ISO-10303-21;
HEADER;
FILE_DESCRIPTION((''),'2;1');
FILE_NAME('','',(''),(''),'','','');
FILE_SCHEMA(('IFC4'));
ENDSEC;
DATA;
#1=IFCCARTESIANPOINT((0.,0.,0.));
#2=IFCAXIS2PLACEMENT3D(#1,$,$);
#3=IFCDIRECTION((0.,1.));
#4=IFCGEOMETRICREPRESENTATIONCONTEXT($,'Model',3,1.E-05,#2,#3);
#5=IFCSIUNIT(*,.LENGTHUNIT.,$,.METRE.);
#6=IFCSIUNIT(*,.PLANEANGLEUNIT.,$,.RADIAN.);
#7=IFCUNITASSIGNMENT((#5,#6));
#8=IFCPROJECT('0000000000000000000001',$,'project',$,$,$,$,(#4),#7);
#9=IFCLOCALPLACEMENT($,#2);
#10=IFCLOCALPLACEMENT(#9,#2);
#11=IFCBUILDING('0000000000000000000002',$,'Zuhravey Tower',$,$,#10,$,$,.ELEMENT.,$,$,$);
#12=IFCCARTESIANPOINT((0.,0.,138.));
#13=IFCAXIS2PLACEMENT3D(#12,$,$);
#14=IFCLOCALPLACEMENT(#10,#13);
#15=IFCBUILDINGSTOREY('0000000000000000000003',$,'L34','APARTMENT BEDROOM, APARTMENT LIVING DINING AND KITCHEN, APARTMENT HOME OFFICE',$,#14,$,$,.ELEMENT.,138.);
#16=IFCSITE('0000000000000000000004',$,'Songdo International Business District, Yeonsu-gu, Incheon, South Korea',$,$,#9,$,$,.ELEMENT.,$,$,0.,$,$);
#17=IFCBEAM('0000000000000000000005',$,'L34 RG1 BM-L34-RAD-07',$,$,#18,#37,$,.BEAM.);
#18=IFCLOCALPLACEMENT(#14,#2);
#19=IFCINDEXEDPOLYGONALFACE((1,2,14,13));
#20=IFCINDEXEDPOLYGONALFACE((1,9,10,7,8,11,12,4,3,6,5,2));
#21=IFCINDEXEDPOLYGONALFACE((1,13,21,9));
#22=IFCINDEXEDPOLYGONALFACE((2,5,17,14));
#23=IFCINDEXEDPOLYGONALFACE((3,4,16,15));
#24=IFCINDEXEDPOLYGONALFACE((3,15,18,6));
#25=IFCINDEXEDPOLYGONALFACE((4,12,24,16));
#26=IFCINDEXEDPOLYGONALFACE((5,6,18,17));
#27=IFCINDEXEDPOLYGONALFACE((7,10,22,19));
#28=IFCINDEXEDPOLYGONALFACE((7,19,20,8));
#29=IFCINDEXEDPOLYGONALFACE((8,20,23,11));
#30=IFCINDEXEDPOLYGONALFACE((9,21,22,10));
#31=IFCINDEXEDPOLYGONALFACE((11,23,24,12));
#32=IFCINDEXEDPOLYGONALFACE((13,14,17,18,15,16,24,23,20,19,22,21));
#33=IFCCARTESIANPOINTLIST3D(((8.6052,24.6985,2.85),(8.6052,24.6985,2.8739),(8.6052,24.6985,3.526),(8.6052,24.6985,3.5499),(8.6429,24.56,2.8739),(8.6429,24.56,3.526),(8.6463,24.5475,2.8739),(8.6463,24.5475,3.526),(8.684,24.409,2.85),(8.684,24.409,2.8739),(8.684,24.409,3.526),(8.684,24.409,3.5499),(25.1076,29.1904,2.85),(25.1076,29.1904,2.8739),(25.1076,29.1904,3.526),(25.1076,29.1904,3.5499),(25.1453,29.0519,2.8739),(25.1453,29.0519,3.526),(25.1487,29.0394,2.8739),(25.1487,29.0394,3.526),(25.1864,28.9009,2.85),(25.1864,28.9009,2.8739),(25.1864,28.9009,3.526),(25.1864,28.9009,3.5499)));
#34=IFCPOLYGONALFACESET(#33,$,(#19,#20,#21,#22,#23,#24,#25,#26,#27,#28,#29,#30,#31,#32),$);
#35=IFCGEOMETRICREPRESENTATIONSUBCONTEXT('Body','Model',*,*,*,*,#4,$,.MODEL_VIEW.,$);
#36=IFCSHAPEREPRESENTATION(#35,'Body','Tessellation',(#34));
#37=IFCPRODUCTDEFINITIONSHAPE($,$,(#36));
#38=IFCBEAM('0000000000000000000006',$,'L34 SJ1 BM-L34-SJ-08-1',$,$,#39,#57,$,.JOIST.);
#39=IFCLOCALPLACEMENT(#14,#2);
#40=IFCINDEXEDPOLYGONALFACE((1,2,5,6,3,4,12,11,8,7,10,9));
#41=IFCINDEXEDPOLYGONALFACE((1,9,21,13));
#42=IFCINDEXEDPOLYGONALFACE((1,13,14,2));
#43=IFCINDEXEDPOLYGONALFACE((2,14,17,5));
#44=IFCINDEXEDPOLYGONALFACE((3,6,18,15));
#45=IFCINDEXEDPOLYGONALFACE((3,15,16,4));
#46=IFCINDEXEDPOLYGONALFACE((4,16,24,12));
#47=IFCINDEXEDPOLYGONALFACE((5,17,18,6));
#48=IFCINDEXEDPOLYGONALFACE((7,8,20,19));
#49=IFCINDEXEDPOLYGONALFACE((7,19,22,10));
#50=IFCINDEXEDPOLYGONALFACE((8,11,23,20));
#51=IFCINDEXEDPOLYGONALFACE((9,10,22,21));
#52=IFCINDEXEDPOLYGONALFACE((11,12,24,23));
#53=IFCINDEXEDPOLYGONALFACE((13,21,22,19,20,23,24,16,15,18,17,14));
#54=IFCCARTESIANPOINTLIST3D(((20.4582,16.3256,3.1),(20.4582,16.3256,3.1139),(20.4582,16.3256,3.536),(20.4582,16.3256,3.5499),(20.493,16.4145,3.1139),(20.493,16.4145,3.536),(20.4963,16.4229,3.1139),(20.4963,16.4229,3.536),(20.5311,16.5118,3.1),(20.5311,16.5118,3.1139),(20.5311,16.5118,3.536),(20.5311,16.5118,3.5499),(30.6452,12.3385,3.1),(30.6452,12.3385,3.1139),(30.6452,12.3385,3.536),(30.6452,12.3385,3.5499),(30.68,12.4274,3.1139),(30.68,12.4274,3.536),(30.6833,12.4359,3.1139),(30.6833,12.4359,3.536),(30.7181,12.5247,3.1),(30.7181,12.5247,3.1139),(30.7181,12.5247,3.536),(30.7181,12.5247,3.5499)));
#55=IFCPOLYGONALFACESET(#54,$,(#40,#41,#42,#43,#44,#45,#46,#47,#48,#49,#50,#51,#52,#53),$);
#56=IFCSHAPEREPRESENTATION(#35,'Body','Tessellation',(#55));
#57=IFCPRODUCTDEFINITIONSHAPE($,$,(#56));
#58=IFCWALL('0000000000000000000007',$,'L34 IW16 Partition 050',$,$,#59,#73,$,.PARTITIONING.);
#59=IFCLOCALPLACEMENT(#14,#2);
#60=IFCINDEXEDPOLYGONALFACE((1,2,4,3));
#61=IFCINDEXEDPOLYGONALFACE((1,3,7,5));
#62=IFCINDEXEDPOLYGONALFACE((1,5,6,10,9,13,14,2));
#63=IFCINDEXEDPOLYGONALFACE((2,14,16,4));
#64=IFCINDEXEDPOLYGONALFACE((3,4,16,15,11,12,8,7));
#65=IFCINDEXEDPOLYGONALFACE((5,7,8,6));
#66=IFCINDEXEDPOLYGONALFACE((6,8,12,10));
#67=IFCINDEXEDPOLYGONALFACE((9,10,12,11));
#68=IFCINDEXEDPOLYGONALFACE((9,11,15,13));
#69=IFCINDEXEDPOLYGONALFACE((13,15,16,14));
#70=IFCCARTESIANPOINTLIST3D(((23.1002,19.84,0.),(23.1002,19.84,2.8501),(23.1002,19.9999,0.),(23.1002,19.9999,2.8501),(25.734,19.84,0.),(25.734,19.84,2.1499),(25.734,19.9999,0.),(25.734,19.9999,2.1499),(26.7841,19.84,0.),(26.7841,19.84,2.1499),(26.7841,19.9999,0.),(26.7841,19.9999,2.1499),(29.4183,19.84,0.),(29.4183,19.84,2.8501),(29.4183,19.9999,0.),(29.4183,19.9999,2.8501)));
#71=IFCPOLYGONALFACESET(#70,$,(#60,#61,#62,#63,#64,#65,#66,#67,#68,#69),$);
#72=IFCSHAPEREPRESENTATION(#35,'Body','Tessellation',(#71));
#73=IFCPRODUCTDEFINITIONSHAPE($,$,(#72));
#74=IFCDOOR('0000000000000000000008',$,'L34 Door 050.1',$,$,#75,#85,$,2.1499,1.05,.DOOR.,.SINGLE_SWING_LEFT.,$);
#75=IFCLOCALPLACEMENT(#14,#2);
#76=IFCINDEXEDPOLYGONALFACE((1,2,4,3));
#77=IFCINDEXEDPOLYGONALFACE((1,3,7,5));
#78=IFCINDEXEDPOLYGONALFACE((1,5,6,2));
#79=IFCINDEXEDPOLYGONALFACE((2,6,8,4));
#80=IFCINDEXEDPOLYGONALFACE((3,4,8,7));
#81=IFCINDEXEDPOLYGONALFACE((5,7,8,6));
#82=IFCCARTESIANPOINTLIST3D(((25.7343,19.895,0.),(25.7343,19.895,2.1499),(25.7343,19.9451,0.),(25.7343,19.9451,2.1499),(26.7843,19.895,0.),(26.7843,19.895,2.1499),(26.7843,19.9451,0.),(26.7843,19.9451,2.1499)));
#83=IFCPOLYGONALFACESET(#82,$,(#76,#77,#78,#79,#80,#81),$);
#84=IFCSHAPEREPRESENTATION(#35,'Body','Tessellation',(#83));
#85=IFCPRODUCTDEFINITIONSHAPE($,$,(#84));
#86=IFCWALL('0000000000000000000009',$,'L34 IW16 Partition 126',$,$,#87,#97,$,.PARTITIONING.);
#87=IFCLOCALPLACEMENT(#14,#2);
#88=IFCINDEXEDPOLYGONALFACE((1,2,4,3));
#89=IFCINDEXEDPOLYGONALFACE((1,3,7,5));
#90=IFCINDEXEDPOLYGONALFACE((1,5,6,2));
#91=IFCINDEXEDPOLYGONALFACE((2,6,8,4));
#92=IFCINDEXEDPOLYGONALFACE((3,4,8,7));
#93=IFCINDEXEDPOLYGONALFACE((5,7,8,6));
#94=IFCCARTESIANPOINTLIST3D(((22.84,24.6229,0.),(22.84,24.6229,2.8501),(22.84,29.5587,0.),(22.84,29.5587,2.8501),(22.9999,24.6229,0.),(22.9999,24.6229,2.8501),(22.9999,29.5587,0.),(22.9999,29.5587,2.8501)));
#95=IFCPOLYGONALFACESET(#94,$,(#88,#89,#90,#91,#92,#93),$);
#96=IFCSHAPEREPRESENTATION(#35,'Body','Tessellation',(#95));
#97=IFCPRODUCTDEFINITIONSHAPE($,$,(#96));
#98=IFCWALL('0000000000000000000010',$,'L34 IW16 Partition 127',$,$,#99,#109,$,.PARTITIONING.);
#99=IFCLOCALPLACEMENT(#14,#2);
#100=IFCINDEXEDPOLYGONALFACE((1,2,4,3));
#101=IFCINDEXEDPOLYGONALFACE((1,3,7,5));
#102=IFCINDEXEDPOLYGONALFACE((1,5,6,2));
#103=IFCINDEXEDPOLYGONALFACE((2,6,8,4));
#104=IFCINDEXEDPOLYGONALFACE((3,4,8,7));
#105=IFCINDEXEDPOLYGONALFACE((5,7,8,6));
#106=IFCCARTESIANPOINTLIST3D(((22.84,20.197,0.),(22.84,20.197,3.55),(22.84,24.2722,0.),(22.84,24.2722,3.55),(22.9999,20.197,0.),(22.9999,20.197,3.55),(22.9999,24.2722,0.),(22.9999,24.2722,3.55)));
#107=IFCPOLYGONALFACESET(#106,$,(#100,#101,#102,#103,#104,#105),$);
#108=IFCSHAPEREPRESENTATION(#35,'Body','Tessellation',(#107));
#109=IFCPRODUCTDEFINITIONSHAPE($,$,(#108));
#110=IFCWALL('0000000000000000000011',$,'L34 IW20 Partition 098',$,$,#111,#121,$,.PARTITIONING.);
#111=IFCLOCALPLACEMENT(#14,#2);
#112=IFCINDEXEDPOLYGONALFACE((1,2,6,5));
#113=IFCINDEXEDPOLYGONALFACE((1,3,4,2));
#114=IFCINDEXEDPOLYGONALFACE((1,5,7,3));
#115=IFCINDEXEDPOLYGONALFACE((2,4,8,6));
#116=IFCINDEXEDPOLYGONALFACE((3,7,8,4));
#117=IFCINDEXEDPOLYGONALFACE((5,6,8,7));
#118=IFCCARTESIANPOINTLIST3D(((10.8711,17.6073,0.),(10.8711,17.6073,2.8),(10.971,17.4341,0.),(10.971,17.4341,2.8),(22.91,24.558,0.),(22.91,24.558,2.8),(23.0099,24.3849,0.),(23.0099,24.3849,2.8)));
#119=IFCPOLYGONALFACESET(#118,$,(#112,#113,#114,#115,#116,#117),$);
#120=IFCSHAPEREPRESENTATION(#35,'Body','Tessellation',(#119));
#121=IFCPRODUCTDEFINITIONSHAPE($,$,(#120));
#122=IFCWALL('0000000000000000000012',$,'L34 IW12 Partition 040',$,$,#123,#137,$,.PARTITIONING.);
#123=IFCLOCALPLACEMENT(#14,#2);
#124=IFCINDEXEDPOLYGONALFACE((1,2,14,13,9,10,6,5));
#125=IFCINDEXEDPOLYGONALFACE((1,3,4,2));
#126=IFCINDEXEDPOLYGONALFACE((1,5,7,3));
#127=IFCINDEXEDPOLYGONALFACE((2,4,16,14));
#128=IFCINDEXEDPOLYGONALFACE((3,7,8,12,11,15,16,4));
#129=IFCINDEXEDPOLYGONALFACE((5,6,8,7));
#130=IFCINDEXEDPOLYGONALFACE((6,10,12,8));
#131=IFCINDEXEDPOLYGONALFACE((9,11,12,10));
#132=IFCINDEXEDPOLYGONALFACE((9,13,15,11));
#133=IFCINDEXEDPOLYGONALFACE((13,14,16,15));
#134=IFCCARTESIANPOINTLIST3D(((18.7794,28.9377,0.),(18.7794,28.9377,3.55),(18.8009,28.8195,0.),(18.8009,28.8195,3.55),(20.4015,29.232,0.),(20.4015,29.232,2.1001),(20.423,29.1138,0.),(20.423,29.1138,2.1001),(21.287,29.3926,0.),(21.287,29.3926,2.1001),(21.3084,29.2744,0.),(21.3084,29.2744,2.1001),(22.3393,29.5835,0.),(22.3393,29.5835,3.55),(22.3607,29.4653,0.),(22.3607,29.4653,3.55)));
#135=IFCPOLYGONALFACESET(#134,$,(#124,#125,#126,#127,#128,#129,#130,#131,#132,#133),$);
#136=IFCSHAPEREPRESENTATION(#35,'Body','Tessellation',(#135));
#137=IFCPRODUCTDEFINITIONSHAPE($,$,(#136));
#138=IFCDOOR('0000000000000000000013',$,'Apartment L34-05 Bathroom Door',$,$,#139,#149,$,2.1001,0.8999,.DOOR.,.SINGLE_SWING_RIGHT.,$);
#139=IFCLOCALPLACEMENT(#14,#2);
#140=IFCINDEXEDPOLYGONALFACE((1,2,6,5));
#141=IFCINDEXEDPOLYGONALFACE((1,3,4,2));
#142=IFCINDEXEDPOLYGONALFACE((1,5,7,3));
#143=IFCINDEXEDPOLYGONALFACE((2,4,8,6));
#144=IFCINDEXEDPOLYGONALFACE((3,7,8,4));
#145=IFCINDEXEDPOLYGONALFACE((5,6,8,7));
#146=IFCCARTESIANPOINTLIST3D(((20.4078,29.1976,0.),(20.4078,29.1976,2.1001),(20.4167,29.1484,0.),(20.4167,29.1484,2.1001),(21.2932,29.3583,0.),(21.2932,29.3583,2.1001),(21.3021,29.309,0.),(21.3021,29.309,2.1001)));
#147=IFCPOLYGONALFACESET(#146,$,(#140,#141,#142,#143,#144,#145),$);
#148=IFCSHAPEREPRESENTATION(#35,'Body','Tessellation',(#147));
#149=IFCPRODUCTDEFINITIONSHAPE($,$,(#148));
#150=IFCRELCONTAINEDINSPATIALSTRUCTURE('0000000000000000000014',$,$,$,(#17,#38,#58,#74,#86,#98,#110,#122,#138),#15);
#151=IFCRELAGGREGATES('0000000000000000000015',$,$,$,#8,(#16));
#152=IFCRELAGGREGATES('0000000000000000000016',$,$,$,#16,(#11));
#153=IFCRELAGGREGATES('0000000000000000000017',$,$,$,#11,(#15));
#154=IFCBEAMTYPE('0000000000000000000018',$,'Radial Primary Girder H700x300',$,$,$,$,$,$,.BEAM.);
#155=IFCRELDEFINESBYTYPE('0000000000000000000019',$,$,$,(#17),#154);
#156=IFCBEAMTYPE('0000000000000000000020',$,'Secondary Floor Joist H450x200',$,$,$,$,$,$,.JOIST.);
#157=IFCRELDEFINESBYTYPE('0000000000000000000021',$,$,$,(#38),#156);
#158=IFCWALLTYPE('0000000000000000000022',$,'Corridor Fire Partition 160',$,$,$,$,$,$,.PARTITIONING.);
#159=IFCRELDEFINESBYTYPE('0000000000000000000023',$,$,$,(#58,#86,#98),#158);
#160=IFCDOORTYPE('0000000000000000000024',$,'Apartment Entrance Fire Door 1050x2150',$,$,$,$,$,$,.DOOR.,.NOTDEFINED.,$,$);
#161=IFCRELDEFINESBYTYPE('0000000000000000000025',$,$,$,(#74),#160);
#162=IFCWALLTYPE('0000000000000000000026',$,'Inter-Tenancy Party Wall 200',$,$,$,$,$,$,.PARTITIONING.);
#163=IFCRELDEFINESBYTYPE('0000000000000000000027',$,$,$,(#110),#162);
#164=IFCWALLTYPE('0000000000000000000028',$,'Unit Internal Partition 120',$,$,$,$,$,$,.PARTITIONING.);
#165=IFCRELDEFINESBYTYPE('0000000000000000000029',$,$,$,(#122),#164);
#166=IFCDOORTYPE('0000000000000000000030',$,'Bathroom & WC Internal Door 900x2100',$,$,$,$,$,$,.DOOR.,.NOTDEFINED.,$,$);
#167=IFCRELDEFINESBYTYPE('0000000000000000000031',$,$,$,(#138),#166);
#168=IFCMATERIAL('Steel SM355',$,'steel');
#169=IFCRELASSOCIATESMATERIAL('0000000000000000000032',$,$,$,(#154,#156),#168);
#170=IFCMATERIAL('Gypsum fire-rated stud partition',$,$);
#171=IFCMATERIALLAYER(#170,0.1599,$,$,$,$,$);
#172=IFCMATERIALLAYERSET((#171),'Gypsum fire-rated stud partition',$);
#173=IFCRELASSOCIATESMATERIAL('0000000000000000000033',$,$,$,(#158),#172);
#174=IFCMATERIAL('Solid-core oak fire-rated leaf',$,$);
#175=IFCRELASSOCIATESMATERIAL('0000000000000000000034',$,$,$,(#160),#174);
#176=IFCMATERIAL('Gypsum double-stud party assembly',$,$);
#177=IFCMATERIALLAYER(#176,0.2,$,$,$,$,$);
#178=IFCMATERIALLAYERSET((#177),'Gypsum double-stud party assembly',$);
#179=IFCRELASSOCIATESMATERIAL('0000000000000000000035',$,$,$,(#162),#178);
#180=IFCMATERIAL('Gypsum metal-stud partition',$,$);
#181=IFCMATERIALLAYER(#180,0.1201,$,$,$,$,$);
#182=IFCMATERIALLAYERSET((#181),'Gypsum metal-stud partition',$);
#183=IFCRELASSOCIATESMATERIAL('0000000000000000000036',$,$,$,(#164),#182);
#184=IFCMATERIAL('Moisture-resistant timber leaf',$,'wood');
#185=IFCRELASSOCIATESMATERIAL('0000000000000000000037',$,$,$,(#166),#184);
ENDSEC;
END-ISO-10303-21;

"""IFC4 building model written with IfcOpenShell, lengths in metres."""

from ifc_helpers import new_model, si_unit, direction, frame, frame_2d, origin, origin_2d, place, context, subcontext, project, spatial, rectangle, i_section, extrude, material, layer, layer_set, material_profile, profile_set, type_object, element, fill, save


model = new_model("IFC4")

# Units and contexts
model_context = context("Model", 3, precision=1e-05, world=origin(), true_north=direction((0.0, 1.0)))
body_context = subcontext(model_context, "Body", "Model", "MODEL_VIEW")
ifc_project = project(units=[si_unit("LENGTHUNIT", "METRE"), si_unit("PLANEANGLEUNIT", "RADIAN")], contexts=[model_context])

# Site, building, storey
site_placement = place(None, origin())
site = spatial("IfcSite", under=ifc_project, at=site_placement, Name="Songdo International Business District, Yeonsu-gu, Incheon, South Korea", CompositionType="ELEMENT", RefElevation=0.0)
building_placement = place(site_placement, origin())
building = spatial("IfcBuilding", under=site, at=building_placement, Name="Zuhravey Tower", CompositionType="ELEMENT")
storey_placement = place(building_placement, frame((0.0, 0.0, 138.0)))
storey = spatial("IfcBuildingStorey", under=building, at=storey_placement, Name="L34", Description="APARTMENT BEDROOM, APARTMENT LIVING DINING AND KITCHEN, APARTMENT HOME OFFICE", CompositionType="ELEMENT", Elevation=138.0)

# Beams
ifc_material_1 = material(Name="Steel SM355", Category="steel")
ifc_material_profile_1 = material_profile(ifc_material_1, i_section(OverallWidth=0.3, OverallDepth=0.7, WebThickness=0.0129, FlangeThickness=0.0239, at=origin_2d()), Name="H-700x300x13x24")
ifc_profile_set_1 = profile_set([ifc_material_profile_1], Name="Steel SM355")
beam_type_1 = type_object("IfcBeamType", Name="Radial Primary Girder H700x300", PredefinedType="BEAM", material=ifc_profile_set_1)
beam_1_placement = place(storey_placement, frame((25.147, 29.0457, 3.2), z_axis=(-0.964893, -0.262643, 0.0), x_axis=(0.262643, -0.964893, 0.0)))
element("IfcBeam", 1, at=beam_1_placement, inside=storey, type_object=beam_type_1, Name="L34 RG1 BM-L34-RAD-07", PredefinedType="BEAM", context=body_context, shape_type="SweptSolid", body=[
    extrude(i_section(OverallWidth=0.3, OverallDepth=0.7, WebThickness=0.0129, FlangeThickness=0.0239, at=origin_2d()), origin(), (0.0, 0.0, 1.0), 17.1028),
])
ifc_material_profile_2 = material_profile(ifc_material_1, i_section(OverallWidth=0.2, OverallDepth=0.45, WebThickness=0.009, FlangeThickness=0.0139, at=origin_2d()), Name="H-450x200x9x14")
ifc_profile_set_2 = profile_set([ifc_material_profile_2], Name="Steel SM355")
beam_type_2 = type_object("IfcBeamType", Name="Secondary Floor Joist H450x200", PredefinedType="JOIST", material=ifc_profile_set_2)
beam_2_placement = place(storey_placement, frame((20.4946, 16.4187, 3.325), z_axis=(0.931217, -0.364466, 0.0), x_axis=(0.364466, 0.931217, 0.0)))
element("IfcBeam", 2, at=beam_2_placement, inside=storey, type_object=beam_type_2, Name="L34 SJ1 BM-L34-SJ-08-1", PredefinedType="JOIST", context=body_context, shape_type="SweptSolid", body=[
    extrude(i_section(OverallWidth=0.2, OverallDepth=0.45, WebThickness=0.009, FlangeThickness=0.0139, at=origin_2d()), origin(), (0.0, 0.0, 1.0), 10.9395),
])

# Wall, opening, door
ifc_material_2 = material(Name="Gypsum fire-rated stud partition")
ifc_layer_1 = layer(ifc_material_2, 0.1599)
ifc_layer_set_1 = layer_set([ifc_layer_1], Name="Gypsum fire-rated stud partition")
wall_type_1 = type_object("IfcWallType", Name="Corridor Fire Partition 160", PredefinedType="PARTITIONING", material=ifc_layer_set_1)
wall_1_placement = place(storey_placement, frame((23.1001, 19.9199, 0.0), z_axis=(0.0, 0.0, 1.0), x_axis=(1.0, 0.0, 0.0)))
wall_1 = element("IfcWall", 3, at=wall_1_placement, inside=storey, type_object=wall_type_1, Name="L34 IW16 Partition 050", PredefinedType="PARTITIONING", context=body_context, shape_type="SweptSolid", body=[
    extrude(rectangle(XDim=6.3181, YDim=0.1599, at=frame_2d((3.1592, 0.0))), origin(), (0.0, 0.0, 1.0), 2.8501),
])
opening_1_placement = place(wall_1_placement, frame((2.634, 0.0, 0.0)))
opening_1 = element("IfcOpeningElement", 4, at=opening_1_placement, cuts=wall_1, PredefinedType="OPENING", context=body_context, shape_type="SweptSolid", body=[
    extrude(rectangle(XDim=1.05, YDim=2.1499, at=frame_2d((0.5249, 1.075))), frame((0.0, 0.092, 0.0), z_axis=(0.0, -1.0, 0.0), x_axis=(1.0, 0.0, 0.0)), (0.0, 0.0, 1.0), 0.1838),
])
ifc_material_3 = material(Name="Solid-core oak fire-rated leaf")
door_type_1 = type_object("IfcDoorType", Name="Apartment Entrance Fire Door 1050x2150", OperationType="NOTDEFINED", PredefinedType="DOOR", material=ifc_material_3)
door_1_placement = place(opening_1_placement, frame((1.05, 0.0, 0.0), z_axis=(0.0, 0.0, 1.0), x_axis=(-1.0, 0.0, 0.0)))
door_1 = element("IfcDoor", 5, at=door_1_placement, inside=storey, type_object=door_type_1, Name="L34 Door 050.1", OperationType="SINGLE_SWING_LEFT", OverallHeight=2.1499, OverallWidth=1.05, PredefinedType="DOOR", context=body_context, shape_type="SweptSolid", body=[
    extrude(rectangle(XDim=1.05, YDim=2.1499, at=frame_2d((0.5249, 1.075))), frame((0.0, 0.0249, 0.0), z_axis=(0.0, -1.0, 0.0), x_axis=(1.0, 0.0, 0.0)), (0.0, 0.0, 1.0), 0.05),
])
fill(opening_1, door_1)

# Walls
wall_2_placement = place(storey_placement, frame((22.9199, 29.5586, 0.0), z_axis=(0.0, 0.0, 1.0), x_axis=(0.0, -1.0, 0.0)))
element("IfcWall", 6, at=wall_2_placement, inside=storey, type_object=wall_type_1, Name="L34 IW16 Partition 126", PredefinedType="PARTITIONING", context=body_context, shape_type="SweptSolid", body=[
    extrude(rectangle(XDim=4.9358, YDim=0.1599, at=frame_2d((2.4678, 0.0))), origin(), (0.0, 0.0, 1.0), 2.8501),
])
wall_3_placement = place(storey_placement, frame((22.9199, 24.2722, 0.0), z_axis=(0.0, 0.0, 1.0), x_axis=(0.0, -1.0, 0.0)))
element("IfcWall", 7, at=wall_3_placement, inside=storey, type_object=wall_type_1, Name="L34 IW16 Partition 127", PredefinedType="PARTITIONING", context=body_context, shape_type="SweptSolid", body=[
    extrude(rectangle(XDim=4.0752, YDim=0.1599, at=frame_2d((2.0376, 0.0))), origin(), (0.0, 0.0, 1.0), 3.55),
])
ifc_material_4 = material(Name="Gypsum double-stud party assembly")
ifc_layer_2 = layer(ifc_material_4, 0.2)
ifc_layer_set_2 = layer_set([ifc_layer_2], Name="Gypsum double-stud party assembly")
wall_type_2 = type_object("IfcWallType", Name="Inter-Tenancy Party Wall 200", PredefinedType="PARTITIONING", material=ifc_layer_set_2)
wall_4_placement = place(storey_placement, frame((22.96, 24.4714, 0.0), z_axis=(0.0, 0.0, 1.0), x_axis=(-0.866023, -0.500004, 0.0)))
element("IfcWall", 8, at=wall_4_placement, inside=storey, type_object=wall_type_2, Name="L34 IW20 Partition 098", PredefinedType="PARTITIONING", context=body_context, shape_type="SweptSolid", body=[
    extrude(rectangle(XDim=13.9014, YDim=0.2, at=frame_2d((6.9507, 0.0))), origin(), (0.0, 0.0, 1.0), 2.8),
])

# Wall, opening, door
ifc_material_5 = material(Name="Gypsum metal-stud partition")
ifc_layer_3 = layer(ifc_material_5, 0.1201)
ifc_layer_set_3 = layer_set([ifc_layer_3], Name="Gypsum metal-stud partition")
wall_type_3 = type_object("IfcWallType", Name="Unit Internal Partition 120", PredefinedType="PARTITIONING", material=ifc_layer_set_3)
wall_5_placement = place(storey_placement, frame((22.3501, 29.5244, 0.0), z_axis=(0.0, 0.0, 1.0), x_axis=(-0.983942, -0.178488, 0.0)))
wall_5 = element("IfcWall", 9, at=wall_5_placement, inside=storey, type_object=wall_type_3, Name="L34 IW12 Partition 040", PredefinedType="PARTITIONING", context=body_context, shape_type="SweptSolid", body=[
    extrude(rectangle(XDim=3.6179, YDim=0.1201, at=frame_2d((1.8091, 0.0))), origin(), (0.0, 0.0, 1.0), 3.55),
])
opening_2_placement = place(wall_5_placement, frame((1.0696, 0.0, 0.0)))
opening_2 = element("IfcOpeningElement", 10, at=opening_2_placement, cuts=wall_5, PredefinedType="OPENING", context=body_context, shape_type="SweptSolid", body=[
    extrude(rectangle(XDim=0.8999, YDim=2.1001, at=frame_2d((0.45, 1.05))), frame((0.0, 0.072, 0.0), z_axis=(0.0, -1.0, 0.0), x_axis=(1.0, 0.0, 0.0)), (0.0, 0.0, 1.0), 0.144),
])
ifc_material_6 = material(Name="Moisture-resistant timber leaf", Category="wood")
door_type_2 = type_object("IfcDoorType", Name="Bathroom & WC Internal Door 900x2100", OperationType="NOTDEFINED", PredefinedType="DOOR", material=ifc_material_6)
door_2_placement = place(opening_2_placement, origin())
door_2 = element("IfcDoor", 11, at=door_2_placement, inside=storey, type_object=door_type_2, Name="Apartment L34-05 Bathroom Door", OperationType="SINGLE_SWING_RIGHT", OverallHeight=2.1001, OverallWidth=0.8999, PredefinedType="DOOR", context=body_context, shape_type="SweptSolid", body=[
    extrude(rectangle(XDim=0.8999, YDim=2.1001, at=frame_2d((0.45, 1.05))), frame((0.0, 0.0249, 0.0), z_axis=(0.0, -1.0, 0.0), x_axis=(1.0, 0.0, 0.0)), (0.0, 0.0, 1.0), 0.05),
])
fill(opening_2, door_2)

save(model, "model.ifc")
